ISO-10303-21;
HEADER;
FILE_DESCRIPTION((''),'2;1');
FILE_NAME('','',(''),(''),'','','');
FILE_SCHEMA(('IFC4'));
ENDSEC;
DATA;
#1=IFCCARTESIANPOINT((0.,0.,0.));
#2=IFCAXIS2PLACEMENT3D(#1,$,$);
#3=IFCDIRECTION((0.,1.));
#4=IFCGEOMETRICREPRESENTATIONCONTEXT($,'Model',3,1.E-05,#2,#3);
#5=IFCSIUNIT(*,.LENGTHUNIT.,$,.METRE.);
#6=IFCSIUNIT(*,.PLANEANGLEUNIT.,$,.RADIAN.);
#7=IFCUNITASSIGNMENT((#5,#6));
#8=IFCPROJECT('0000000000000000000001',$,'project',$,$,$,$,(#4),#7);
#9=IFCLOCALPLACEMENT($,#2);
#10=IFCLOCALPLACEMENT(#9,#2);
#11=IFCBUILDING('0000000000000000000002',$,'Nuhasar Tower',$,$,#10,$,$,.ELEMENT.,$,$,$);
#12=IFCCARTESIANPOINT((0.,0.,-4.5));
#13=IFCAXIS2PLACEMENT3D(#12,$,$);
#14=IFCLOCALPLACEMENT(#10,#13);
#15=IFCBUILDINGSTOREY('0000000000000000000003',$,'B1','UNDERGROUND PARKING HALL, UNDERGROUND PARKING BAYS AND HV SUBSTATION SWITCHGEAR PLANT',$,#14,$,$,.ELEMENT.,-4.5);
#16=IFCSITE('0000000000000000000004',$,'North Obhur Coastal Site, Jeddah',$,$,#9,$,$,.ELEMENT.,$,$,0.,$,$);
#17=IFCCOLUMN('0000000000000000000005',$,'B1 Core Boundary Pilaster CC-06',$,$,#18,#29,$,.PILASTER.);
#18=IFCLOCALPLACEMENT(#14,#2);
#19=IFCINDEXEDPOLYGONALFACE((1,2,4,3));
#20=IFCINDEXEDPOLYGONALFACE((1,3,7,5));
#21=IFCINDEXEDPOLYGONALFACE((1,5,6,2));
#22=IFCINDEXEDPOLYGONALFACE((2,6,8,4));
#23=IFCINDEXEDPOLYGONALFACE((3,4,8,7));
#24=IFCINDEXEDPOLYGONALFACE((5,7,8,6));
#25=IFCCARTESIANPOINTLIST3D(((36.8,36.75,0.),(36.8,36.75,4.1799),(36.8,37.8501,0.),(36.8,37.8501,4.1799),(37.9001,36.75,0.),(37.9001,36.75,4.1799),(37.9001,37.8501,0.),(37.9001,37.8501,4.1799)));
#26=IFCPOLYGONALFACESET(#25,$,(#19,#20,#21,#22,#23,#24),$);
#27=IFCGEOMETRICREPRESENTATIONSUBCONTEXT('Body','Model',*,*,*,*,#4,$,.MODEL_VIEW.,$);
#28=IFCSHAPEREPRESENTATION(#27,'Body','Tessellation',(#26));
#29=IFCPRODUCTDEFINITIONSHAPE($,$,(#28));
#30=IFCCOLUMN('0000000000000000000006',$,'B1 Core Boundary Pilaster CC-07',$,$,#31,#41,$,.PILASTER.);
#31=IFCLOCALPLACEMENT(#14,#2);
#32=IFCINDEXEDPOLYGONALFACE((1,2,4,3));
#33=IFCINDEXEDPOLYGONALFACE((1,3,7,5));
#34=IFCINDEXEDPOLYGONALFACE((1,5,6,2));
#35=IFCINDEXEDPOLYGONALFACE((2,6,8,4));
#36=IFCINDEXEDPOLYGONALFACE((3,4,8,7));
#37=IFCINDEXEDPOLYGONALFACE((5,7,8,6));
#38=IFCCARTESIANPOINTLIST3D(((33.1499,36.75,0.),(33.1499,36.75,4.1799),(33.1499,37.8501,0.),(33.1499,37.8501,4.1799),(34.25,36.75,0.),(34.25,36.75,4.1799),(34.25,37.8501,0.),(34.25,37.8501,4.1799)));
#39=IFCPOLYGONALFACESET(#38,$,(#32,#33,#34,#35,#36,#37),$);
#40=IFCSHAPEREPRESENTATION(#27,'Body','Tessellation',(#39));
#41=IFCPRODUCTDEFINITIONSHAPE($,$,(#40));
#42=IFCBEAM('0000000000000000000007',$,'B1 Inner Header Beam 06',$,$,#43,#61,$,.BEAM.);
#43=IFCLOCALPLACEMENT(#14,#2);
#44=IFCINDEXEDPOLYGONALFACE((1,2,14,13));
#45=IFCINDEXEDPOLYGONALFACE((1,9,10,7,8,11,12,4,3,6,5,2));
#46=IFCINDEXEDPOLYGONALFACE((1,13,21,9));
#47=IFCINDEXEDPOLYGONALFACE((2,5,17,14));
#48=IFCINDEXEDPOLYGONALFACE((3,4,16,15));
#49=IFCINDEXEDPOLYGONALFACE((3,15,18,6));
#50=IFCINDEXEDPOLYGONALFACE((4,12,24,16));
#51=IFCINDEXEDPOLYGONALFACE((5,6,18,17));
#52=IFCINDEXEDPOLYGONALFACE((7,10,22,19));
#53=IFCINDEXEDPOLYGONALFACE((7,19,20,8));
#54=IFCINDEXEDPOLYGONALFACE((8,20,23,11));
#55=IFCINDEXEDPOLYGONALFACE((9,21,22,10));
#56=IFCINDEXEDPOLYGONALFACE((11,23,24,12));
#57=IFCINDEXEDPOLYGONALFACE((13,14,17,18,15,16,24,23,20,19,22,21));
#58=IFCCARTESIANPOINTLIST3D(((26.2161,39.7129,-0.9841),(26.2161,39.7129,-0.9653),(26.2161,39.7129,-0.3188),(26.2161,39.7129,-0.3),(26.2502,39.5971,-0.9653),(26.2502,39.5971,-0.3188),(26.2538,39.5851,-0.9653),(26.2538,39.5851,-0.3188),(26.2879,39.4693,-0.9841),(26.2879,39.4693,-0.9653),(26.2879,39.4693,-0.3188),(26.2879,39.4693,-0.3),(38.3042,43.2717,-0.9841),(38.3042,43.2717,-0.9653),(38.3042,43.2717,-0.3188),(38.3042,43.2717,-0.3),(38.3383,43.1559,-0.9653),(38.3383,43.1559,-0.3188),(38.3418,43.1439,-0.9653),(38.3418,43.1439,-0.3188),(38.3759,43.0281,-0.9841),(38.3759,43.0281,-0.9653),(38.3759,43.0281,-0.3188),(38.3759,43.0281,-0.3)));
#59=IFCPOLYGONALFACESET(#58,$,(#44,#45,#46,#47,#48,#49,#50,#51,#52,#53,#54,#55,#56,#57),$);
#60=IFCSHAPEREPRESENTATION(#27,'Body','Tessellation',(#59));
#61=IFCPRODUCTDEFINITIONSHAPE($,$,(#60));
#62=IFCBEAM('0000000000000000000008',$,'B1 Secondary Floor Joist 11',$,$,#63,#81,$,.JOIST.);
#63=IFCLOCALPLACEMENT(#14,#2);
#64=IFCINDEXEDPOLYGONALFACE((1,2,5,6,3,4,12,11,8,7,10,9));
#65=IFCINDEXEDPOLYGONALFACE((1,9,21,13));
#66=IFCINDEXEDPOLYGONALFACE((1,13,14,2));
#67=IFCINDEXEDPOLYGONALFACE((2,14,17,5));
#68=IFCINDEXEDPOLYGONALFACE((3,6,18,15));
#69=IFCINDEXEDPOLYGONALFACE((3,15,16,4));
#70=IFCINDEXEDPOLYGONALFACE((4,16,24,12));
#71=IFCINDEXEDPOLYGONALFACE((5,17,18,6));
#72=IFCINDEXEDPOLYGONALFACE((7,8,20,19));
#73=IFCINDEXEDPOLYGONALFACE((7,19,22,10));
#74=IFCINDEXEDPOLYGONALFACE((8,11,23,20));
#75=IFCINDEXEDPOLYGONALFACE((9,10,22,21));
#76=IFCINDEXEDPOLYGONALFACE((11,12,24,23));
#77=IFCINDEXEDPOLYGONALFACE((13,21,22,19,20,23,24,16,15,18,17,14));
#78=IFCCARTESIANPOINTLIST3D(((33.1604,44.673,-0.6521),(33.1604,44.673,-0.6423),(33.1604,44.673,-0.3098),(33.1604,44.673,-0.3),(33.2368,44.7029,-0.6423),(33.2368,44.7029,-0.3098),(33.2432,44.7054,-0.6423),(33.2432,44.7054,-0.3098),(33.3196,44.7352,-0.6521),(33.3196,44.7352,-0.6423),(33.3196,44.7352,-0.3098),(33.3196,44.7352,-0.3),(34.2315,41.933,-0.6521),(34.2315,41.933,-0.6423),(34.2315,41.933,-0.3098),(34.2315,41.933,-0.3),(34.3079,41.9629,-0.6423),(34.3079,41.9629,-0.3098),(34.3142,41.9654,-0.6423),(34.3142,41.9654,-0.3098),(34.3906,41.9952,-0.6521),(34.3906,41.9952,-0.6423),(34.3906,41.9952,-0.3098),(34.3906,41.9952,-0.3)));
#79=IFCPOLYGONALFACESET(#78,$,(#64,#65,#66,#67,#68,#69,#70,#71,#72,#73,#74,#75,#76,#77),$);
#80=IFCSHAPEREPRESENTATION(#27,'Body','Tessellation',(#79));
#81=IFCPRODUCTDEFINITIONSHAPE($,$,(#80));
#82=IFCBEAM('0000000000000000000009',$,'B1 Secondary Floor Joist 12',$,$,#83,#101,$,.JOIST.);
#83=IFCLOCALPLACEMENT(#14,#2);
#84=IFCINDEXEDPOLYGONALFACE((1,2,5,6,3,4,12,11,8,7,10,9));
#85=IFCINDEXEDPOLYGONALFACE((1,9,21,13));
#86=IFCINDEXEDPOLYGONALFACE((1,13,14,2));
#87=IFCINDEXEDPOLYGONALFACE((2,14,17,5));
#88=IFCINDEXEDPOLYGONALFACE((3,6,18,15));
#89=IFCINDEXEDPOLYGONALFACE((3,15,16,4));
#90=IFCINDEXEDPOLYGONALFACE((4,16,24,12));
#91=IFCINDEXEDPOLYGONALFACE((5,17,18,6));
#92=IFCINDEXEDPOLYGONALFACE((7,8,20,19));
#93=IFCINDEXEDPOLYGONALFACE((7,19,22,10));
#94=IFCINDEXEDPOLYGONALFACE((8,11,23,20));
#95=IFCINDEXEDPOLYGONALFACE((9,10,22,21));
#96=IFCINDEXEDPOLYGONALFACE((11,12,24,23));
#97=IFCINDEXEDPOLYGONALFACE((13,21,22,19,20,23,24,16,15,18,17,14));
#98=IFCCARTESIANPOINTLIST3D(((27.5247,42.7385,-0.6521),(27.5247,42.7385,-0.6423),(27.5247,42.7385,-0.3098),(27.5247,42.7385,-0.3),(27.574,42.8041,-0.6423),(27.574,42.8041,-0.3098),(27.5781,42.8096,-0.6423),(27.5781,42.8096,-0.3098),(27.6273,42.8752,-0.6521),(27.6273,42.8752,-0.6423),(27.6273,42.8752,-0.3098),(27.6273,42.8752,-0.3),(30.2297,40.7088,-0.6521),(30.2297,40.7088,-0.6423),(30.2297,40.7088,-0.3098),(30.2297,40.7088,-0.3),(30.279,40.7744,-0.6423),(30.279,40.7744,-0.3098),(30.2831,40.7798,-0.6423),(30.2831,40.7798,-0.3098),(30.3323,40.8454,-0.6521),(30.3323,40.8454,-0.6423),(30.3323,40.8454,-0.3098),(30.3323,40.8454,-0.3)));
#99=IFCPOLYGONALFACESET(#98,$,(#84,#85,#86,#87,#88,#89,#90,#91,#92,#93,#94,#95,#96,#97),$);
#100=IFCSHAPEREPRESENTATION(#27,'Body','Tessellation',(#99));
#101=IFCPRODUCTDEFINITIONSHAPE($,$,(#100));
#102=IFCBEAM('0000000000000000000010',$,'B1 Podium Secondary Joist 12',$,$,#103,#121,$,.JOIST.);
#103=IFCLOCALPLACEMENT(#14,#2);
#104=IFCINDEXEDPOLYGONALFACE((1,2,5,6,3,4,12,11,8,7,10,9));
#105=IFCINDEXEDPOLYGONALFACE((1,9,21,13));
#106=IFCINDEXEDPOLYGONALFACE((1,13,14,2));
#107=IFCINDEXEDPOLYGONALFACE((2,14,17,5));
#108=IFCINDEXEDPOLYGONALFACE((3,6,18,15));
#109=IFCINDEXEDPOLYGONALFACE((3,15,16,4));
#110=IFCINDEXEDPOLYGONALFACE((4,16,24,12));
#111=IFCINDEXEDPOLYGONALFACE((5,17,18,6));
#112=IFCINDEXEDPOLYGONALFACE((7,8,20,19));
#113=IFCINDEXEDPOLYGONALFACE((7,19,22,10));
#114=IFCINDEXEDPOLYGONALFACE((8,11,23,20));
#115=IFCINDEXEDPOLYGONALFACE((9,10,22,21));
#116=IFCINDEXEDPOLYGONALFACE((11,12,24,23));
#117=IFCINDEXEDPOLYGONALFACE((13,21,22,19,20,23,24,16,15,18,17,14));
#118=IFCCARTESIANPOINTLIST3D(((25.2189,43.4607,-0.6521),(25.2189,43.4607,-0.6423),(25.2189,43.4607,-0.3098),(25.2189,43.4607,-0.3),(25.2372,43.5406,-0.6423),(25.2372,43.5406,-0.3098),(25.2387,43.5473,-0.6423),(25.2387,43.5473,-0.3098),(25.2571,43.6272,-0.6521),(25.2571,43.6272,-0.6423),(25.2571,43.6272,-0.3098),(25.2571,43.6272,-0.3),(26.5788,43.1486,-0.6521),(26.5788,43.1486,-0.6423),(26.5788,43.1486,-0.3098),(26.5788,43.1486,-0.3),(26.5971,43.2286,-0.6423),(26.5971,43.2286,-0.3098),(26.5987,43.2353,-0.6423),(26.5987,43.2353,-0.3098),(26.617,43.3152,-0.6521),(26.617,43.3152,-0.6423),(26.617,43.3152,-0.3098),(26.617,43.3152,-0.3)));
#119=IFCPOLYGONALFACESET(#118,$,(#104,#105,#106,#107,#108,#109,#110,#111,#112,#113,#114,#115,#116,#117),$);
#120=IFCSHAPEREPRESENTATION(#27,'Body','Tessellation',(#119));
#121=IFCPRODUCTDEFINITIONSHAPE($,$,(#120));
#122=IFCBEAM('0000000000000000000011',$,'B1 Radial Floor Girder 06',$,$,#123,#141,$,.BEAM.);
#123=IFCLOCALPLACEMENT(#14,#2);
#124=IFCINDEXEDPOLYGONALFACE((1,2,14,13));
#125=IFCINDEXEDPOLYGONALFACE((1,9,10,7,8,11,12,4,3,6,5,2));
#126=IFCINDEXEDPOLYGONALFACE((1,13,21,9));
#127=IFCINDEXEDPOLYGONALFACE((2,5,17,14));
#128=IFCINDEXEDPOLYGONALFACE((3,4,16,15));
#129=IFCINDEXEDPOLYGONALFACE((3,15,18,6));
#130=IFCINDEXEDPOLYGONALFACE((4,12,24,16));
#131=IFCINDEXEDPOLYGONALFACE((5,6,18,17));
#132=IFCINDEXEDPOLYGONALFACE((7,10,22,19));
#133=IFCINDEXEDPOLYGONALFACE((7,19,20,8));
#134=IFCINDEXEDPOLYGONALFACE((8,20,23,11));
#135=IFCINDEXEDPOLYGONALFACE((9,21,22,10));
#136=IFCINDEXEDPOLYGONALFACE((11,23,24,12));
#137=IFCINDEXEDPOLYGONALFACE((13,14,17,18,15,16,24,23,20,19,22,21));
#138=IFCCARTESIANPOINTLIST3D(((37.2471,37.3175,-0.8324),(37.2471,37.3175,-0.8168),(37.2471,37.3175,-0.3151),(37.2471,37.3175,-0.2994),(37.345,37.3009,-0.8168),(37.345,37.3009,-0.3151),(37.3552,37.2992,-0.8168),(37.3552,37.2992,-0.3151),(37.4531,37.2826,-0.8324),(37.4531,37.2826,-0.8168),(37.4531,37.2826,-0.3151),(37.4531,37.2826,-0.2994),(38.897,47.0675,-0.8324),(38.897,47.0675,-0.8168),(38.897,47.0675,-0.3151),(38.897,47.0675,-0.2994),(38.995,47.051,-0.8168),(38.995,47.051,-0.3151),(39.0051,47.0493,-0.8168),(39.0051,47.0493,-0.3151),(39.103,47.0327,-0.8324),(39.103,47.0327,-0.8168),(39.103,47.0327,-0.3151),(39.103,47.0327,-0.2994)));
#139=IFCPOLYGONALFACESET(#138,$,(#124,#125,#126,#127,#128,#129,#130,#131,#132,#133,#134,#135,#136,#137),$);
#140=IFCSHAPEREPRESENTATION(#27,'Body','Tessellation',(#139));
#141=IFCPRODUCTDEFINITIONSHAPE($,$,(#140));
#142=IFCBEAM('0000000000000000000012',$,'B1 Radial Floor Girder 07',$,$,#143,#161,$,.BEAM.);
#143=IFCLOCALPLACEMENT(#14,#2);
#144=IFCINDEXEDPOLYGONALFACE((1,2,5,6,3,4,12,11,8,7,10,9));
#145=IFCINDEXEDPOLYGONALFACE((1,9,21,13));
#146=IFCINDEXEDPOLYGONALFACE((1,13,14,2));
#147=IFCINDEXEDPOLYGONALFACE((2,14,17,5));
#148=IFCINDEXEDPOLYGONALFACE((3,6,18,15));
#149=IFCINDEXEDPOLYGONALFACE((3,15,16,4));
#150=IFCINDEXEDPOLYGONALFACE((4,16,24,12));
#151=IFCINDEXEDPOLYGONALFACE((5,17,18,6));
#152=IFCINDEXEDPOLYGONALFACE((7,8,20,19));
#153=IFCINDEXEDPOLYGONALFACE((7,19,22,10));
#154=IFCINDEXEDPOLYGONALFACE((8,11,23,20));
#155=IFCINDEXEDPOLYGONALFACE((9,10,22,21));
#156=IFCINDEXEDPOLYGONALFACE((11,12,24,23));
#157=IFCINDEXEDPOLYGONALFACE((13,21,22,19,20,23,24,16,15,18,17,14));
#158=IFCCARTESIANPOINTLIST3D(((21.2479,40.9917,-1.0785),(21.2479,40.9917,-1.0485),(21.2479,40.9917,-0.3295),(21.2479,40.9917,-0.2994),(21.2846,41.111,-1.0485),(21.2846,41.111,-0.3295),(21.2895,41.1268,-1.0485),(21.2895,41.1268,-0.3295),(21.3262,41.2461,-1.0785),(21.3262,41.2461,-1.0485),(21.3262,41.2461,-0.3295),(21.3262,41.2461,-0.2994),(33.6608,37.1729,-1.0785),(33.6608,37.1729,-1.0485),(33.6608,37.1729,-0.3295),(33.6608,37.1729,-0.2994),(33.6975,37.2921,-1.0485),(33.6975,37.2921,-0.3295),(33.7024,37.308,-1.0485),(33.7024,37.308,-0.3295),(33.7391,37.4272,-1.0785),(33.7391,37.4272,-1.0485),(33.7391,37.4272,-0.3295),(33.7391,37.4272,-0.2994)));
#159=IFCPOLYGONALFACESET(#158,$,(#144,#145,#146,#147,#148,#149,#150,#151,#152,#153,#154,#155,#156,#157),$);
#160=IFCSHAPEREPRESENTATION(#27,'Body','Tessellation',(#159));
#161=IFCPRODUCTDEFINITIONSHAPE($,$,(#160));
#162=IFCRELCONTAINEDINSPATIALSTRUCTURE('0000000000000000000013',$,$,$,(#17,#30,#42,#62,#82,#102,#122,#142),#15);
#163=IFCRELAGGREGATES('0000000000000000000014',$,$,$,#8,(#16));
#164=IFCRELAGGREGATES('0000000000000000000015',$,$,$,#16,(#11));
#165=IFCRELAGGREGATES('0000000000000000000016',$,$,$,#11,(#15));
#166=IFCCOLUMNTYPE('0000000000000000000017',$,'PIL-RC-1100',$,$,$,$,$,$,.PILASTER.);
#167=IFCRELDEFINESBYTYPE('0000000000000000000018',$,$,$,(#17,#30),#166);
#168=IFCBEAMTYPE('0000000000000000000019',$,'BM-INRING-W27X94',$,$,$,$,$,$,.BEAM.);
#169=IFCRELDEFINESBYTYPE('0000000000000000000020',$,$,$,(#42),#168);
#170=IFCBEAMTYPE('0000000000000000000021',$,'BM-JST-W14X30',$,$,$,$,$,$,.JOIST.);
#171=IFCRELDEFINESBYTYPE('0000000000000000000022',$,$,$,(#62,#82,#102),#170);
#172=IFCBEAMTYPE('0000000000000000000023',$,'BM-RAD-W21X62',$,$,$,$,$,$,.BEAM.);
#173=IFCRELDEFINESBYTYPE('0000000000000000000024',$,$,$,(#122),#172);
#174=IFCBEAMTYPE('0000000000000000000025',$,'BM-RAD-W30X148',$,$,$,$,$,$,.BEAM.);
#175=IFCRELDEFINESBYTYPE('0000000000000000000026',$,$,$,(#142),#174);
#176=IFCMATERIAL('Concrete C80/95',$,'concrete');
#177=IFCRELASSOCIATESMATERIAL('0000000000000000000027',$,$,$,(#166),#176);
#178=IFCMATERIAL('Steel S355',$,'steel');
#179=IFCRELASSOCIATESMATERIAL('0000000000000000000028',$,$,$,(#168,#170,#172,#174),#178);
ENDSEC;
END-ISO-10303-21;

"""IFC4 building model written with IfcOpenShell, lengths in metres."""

from ifc_helpers import new_model, si_unit, direction, frame, origin, origin_2d, place, context, subcontext, project, spatial, rectangle, i_section, extrude, material, material_profile, profile_set, type_object, element, save


model = new_model("IFC4")

# Units and contexts
model_context = context("Model", 3, precision=1e-05, world=origin(), true_north=direction((0.0, 1.0)))
body_context = subcontext(model_context, "Body", "Model", "MODEL_VIEW")
ifc_project = project(units=[si_unit("LENGTHUNIT", "METRE"), si_unit("PLANEANGLEUNIT", "RADIAN")], contexts=[model_context])

# Site, building, storey
site_placement = place(None, origin())
site = spatial("IfcSite", under=ifc_project, at=site_placement, Name="North Obhur Coastal Site, Jeddah", CompositionType="ELEMENT", RefElevation=0.0)
building_placement = place(site_placement, origin())
building = spatial("IfcBuilding", under=site, at=building_placement, Name="Nuhasar Tower", CompositionType="ELEMENT")
storey_placement = place(building_placement, frame((0.0, 0.0, -4.5)))
storey = spatial("IfcBuildingStorey", under=building, at=storey_placement, Name="B1", Description="UNDERGROUND PARKING HALL, UNDERGROUND PARKING BAYS AND HV SUBSTATION SWITCHGEAR PLANT", CompositionType="ELEMENT", Elevation=-4.5)

# Columns
ifc_material_1 = material(Name="Concrete C80/95", Category="concrete")
ifc_material_profile_1 = material_profile(ifc_material_1, rectangle(XDim=1.1001, YDim=1.1001, at=origin_2d()), Name="RC1100X1100")
ifc_profile_set_1 = profile_set([ifc_material_profile_1], Name="Concrete C80/95")
column_type = type_object("IfcColumnType", Name="PIL-RC-1100", PredefinedType="PILASTER", material=ifc_profile_set_1)
for number, where, z_axis, x_axis, name in (
    (1, (37.3501, 37.3, 0.0), (0.0, 0.0, 1.0), (1.0, 0.0, 0.0), "B1 Core Boundary Pilaster CC-06"),
    (2, (33.7, 37.3, 0.0), (0.0, 0.0, 1.0), (1.0, 0.0, 0.0), "B1 Core Boundary Pilaster CC-07"),
):
    element("IfcColumn", number, at=place(storey_placement, frame(where, z_axis=z_axis, x_axis=x_axis)), inside=storey, type_object=column_type, Name=name, PredefinedType="PILASTER", context=body_context, shape_type="SweptSolid", body=[
        extrude(rectangle(XDim=1.1001, YDim=1.1001, at=origin_2d()), origin(), (0.0, 0.0, 1.0), 4.1799),
    ])

# Beams
ifc_material_2 = material(Name="Steel S355", Category="steel")
ifc_material_profile_2 = material_profile(ifc_material_2, i_section(OverallWidth=0.2539, OverallDepth=0.6841, WebThickness=0.0125, FlangeThickness=0.0188, at=origin_2d()), Name="W27X94")
ifc_profile_set_2 = profile_set([ifc_material_profile_2], Name="Steel S355")
beam_type_1 = type_object("IfcBeamType", Name="BM-INRING-W27X94", PredefinedType="BEAM", material=ifc_profile_set_2)
beam_1_placement = place(storey_placement, frame((38.3401, 43.1499, -0.6421), z_axis=(-0.95929, -0.282422, 0.0), x_axis=(0.282422, -0.95929, 0.0)))
element("IfcBeam", 3, at=beam_1_placement, inside=storey, type_object=beam_type_1, Name="B1 Inner Header Beam 06", PredefinedType="BEAM", context=body_context, shape_type="SweptSolid", body=[
    extrude(i_section(OverallWidth=0.2539, OverallDepth=0.6841, WebThickness=0.0125, FlangeThickness=0.0188, at=origin_2d()), origin(), (0.0, 0.0, 1.0), 12.6011),
])
ifc_material_profile_3 = material_profile(ifc_material_2, i_section(OverallWidth=0.1709, OverallDepth=0.3521, WebThickness=0.0068, FlangeThickness=0.0098, at=origin_2d()), Name="W14X30")
ifc_profile_set_3 = profile_set([ifc_material_profile_3], Name="Steel S355")
beam_type_2 = type_object("IfcBeamType", Name="BM-JST-W14X30", PredefinedType="JOIST", material=ifc_profile_set_3)
beam_2_placement = place(storey_placement, frame((34.311, 41.9641, -0.4761), z_axis=(-0.364068, 0.931373, 0.0), x_axis=(-0.931373, -0.364068, 0.0)))
element("IfcBeam", 4, at=beam_2_placement, inside=storey, type_object=beam_type_2, Name="B1 Secondary Floor Joist 11", PredefinedType="JOIST", context=body_context, shape_type="SweptSolid", body=[
    extrude(i_section(OverallWidth=0.1709, OverallDepth=0.3521, WebThickness=0.0068, FlangeThickness=0.0098, at=origin_2d()), origin(), (0.0, 0.0, 1.0), 2.9419),
])
beam_3_placement = place(storey_placement, frame((30.281, 40.7771, -0.4761), z_axis=(-0.799861, 0.600185, 0.0), x_axis=(-0.600185, -0.799861, 0.0)))
element("IfcBeam", 5, at=beam_3_placement, inside=storey, type_object=beam_type_2, Name="B1 Secondary Floor Joist 12", PredefinedType="JOIST", context=body_context, shape_type="SweptSolid", body=[
    extrude(i_section(OverallWidth=0.1709, OverallDepth=0.3521, WebThickness=0.0068, FlangeThickness=0.0098, at=origin_2d()), origin(), (0.0, 0.0, 1.0), 3.3818),
])
beam_4_placement = place(storey_placement, frame((26.5979, 43.2319, -0.4761), z_axis=(-0.974674, 0.223632, 0.0), x_axis=(-0.223632, -0.974674, 0.0)))
element("IfcBeam", 6, at=beam_4_placement, inside=storey, type_object=beam_type_2, Name="B1 Podium Secondary Joist 12", PredefinedType="JOIST", context=body_context, shape_type="SweptSolid", body=[
    extrude(i_section(OverallWidth=0.1709, OverallDepth=0.3521, WebThickness=0.0068, FlangeThickness=0.0098, at=origin_2d()), origin(), (0.0, 0.0, 1.0), 1.3953),
])
ifc_material_profile_4 = material_profile(ifc_material_2, i_section(OverallWidth=0.209, OverallDepth=0.533, WebThickness=0.0103, FlangeThickness=0.0156, at=origin_2d()), Name="W21X62")
ifc_profile_set_4 = profile_set([ifc_material_profile_4], Name="Steel S355")
beam_type_3 = type_object("IfcBeamType", Name="BM-RAD-W21X62", PredefinedType="BEAM", material=ifc_profile_set_4)
beam_5_placement = place(storey_placement, frame((37.3501, 37.3, -0.5659), z_axis=(0.166849, 0.985983, 0.0), x_axis=(-0.985983, 0.166849, 0.0)))
element("IfcBeam", 7, at=beam_5_placement, inside=storey, type_object=beam_type_3, Name="B1 Radial Floor Girder 06", PredefinedType="BEAM", context=body_context, shape_type="SweptSolid", body=[
    extrude(i_section(OverallWidth=0.209, OverallDepth=0.533, WebThickness=0.0103, FlangeThickness=0.0156, at=origin_2d()), origin(), (0.0, 0.0, 1.0), 9.8887),
])
ifc_material_profile_5 = material_profile(ifc_material_2, i_section(OverallWidth=0.2661, OverallDepth=0.7791, WebThickness=0.0166, FlangeThickness=0.03, at=origin_2d()), Name="W30X148")
ifc_profile_set_5 = profile_set([ifc_material_profile_5], Name="Steel S355")
beam_type_4 = type_object("IfcBeamType", Name="BM-RAD-W30X148", PredefinedType="BEAM", material=ifc_profile_set_5)
beam_6_placement = place(storey_placement, frame((33.7, 37.3, -0.689), z_axis=(-0.95579, 0.294052, 0.0), x_axis=(-0.294052, -0.95579, 0.0)))
element("IfcBeam", 8, at=beam_6_placement, inside=storey, type_object=beam_type_4, Name="B1 Radial Floor Girder 07", PredefinedType="BEAM", context=body_context, shape_type="SweptSolid", body=[
    extrude(i_section(OverallWidth=0.2661, OverallDepth=0.7791, WebThickness=0.0166, FlangeThickness=0.03, at=origin_2d()), origin(), (0.0, 0.0, 1.0), 12.9871),
])

save(model, "model.ifc")
